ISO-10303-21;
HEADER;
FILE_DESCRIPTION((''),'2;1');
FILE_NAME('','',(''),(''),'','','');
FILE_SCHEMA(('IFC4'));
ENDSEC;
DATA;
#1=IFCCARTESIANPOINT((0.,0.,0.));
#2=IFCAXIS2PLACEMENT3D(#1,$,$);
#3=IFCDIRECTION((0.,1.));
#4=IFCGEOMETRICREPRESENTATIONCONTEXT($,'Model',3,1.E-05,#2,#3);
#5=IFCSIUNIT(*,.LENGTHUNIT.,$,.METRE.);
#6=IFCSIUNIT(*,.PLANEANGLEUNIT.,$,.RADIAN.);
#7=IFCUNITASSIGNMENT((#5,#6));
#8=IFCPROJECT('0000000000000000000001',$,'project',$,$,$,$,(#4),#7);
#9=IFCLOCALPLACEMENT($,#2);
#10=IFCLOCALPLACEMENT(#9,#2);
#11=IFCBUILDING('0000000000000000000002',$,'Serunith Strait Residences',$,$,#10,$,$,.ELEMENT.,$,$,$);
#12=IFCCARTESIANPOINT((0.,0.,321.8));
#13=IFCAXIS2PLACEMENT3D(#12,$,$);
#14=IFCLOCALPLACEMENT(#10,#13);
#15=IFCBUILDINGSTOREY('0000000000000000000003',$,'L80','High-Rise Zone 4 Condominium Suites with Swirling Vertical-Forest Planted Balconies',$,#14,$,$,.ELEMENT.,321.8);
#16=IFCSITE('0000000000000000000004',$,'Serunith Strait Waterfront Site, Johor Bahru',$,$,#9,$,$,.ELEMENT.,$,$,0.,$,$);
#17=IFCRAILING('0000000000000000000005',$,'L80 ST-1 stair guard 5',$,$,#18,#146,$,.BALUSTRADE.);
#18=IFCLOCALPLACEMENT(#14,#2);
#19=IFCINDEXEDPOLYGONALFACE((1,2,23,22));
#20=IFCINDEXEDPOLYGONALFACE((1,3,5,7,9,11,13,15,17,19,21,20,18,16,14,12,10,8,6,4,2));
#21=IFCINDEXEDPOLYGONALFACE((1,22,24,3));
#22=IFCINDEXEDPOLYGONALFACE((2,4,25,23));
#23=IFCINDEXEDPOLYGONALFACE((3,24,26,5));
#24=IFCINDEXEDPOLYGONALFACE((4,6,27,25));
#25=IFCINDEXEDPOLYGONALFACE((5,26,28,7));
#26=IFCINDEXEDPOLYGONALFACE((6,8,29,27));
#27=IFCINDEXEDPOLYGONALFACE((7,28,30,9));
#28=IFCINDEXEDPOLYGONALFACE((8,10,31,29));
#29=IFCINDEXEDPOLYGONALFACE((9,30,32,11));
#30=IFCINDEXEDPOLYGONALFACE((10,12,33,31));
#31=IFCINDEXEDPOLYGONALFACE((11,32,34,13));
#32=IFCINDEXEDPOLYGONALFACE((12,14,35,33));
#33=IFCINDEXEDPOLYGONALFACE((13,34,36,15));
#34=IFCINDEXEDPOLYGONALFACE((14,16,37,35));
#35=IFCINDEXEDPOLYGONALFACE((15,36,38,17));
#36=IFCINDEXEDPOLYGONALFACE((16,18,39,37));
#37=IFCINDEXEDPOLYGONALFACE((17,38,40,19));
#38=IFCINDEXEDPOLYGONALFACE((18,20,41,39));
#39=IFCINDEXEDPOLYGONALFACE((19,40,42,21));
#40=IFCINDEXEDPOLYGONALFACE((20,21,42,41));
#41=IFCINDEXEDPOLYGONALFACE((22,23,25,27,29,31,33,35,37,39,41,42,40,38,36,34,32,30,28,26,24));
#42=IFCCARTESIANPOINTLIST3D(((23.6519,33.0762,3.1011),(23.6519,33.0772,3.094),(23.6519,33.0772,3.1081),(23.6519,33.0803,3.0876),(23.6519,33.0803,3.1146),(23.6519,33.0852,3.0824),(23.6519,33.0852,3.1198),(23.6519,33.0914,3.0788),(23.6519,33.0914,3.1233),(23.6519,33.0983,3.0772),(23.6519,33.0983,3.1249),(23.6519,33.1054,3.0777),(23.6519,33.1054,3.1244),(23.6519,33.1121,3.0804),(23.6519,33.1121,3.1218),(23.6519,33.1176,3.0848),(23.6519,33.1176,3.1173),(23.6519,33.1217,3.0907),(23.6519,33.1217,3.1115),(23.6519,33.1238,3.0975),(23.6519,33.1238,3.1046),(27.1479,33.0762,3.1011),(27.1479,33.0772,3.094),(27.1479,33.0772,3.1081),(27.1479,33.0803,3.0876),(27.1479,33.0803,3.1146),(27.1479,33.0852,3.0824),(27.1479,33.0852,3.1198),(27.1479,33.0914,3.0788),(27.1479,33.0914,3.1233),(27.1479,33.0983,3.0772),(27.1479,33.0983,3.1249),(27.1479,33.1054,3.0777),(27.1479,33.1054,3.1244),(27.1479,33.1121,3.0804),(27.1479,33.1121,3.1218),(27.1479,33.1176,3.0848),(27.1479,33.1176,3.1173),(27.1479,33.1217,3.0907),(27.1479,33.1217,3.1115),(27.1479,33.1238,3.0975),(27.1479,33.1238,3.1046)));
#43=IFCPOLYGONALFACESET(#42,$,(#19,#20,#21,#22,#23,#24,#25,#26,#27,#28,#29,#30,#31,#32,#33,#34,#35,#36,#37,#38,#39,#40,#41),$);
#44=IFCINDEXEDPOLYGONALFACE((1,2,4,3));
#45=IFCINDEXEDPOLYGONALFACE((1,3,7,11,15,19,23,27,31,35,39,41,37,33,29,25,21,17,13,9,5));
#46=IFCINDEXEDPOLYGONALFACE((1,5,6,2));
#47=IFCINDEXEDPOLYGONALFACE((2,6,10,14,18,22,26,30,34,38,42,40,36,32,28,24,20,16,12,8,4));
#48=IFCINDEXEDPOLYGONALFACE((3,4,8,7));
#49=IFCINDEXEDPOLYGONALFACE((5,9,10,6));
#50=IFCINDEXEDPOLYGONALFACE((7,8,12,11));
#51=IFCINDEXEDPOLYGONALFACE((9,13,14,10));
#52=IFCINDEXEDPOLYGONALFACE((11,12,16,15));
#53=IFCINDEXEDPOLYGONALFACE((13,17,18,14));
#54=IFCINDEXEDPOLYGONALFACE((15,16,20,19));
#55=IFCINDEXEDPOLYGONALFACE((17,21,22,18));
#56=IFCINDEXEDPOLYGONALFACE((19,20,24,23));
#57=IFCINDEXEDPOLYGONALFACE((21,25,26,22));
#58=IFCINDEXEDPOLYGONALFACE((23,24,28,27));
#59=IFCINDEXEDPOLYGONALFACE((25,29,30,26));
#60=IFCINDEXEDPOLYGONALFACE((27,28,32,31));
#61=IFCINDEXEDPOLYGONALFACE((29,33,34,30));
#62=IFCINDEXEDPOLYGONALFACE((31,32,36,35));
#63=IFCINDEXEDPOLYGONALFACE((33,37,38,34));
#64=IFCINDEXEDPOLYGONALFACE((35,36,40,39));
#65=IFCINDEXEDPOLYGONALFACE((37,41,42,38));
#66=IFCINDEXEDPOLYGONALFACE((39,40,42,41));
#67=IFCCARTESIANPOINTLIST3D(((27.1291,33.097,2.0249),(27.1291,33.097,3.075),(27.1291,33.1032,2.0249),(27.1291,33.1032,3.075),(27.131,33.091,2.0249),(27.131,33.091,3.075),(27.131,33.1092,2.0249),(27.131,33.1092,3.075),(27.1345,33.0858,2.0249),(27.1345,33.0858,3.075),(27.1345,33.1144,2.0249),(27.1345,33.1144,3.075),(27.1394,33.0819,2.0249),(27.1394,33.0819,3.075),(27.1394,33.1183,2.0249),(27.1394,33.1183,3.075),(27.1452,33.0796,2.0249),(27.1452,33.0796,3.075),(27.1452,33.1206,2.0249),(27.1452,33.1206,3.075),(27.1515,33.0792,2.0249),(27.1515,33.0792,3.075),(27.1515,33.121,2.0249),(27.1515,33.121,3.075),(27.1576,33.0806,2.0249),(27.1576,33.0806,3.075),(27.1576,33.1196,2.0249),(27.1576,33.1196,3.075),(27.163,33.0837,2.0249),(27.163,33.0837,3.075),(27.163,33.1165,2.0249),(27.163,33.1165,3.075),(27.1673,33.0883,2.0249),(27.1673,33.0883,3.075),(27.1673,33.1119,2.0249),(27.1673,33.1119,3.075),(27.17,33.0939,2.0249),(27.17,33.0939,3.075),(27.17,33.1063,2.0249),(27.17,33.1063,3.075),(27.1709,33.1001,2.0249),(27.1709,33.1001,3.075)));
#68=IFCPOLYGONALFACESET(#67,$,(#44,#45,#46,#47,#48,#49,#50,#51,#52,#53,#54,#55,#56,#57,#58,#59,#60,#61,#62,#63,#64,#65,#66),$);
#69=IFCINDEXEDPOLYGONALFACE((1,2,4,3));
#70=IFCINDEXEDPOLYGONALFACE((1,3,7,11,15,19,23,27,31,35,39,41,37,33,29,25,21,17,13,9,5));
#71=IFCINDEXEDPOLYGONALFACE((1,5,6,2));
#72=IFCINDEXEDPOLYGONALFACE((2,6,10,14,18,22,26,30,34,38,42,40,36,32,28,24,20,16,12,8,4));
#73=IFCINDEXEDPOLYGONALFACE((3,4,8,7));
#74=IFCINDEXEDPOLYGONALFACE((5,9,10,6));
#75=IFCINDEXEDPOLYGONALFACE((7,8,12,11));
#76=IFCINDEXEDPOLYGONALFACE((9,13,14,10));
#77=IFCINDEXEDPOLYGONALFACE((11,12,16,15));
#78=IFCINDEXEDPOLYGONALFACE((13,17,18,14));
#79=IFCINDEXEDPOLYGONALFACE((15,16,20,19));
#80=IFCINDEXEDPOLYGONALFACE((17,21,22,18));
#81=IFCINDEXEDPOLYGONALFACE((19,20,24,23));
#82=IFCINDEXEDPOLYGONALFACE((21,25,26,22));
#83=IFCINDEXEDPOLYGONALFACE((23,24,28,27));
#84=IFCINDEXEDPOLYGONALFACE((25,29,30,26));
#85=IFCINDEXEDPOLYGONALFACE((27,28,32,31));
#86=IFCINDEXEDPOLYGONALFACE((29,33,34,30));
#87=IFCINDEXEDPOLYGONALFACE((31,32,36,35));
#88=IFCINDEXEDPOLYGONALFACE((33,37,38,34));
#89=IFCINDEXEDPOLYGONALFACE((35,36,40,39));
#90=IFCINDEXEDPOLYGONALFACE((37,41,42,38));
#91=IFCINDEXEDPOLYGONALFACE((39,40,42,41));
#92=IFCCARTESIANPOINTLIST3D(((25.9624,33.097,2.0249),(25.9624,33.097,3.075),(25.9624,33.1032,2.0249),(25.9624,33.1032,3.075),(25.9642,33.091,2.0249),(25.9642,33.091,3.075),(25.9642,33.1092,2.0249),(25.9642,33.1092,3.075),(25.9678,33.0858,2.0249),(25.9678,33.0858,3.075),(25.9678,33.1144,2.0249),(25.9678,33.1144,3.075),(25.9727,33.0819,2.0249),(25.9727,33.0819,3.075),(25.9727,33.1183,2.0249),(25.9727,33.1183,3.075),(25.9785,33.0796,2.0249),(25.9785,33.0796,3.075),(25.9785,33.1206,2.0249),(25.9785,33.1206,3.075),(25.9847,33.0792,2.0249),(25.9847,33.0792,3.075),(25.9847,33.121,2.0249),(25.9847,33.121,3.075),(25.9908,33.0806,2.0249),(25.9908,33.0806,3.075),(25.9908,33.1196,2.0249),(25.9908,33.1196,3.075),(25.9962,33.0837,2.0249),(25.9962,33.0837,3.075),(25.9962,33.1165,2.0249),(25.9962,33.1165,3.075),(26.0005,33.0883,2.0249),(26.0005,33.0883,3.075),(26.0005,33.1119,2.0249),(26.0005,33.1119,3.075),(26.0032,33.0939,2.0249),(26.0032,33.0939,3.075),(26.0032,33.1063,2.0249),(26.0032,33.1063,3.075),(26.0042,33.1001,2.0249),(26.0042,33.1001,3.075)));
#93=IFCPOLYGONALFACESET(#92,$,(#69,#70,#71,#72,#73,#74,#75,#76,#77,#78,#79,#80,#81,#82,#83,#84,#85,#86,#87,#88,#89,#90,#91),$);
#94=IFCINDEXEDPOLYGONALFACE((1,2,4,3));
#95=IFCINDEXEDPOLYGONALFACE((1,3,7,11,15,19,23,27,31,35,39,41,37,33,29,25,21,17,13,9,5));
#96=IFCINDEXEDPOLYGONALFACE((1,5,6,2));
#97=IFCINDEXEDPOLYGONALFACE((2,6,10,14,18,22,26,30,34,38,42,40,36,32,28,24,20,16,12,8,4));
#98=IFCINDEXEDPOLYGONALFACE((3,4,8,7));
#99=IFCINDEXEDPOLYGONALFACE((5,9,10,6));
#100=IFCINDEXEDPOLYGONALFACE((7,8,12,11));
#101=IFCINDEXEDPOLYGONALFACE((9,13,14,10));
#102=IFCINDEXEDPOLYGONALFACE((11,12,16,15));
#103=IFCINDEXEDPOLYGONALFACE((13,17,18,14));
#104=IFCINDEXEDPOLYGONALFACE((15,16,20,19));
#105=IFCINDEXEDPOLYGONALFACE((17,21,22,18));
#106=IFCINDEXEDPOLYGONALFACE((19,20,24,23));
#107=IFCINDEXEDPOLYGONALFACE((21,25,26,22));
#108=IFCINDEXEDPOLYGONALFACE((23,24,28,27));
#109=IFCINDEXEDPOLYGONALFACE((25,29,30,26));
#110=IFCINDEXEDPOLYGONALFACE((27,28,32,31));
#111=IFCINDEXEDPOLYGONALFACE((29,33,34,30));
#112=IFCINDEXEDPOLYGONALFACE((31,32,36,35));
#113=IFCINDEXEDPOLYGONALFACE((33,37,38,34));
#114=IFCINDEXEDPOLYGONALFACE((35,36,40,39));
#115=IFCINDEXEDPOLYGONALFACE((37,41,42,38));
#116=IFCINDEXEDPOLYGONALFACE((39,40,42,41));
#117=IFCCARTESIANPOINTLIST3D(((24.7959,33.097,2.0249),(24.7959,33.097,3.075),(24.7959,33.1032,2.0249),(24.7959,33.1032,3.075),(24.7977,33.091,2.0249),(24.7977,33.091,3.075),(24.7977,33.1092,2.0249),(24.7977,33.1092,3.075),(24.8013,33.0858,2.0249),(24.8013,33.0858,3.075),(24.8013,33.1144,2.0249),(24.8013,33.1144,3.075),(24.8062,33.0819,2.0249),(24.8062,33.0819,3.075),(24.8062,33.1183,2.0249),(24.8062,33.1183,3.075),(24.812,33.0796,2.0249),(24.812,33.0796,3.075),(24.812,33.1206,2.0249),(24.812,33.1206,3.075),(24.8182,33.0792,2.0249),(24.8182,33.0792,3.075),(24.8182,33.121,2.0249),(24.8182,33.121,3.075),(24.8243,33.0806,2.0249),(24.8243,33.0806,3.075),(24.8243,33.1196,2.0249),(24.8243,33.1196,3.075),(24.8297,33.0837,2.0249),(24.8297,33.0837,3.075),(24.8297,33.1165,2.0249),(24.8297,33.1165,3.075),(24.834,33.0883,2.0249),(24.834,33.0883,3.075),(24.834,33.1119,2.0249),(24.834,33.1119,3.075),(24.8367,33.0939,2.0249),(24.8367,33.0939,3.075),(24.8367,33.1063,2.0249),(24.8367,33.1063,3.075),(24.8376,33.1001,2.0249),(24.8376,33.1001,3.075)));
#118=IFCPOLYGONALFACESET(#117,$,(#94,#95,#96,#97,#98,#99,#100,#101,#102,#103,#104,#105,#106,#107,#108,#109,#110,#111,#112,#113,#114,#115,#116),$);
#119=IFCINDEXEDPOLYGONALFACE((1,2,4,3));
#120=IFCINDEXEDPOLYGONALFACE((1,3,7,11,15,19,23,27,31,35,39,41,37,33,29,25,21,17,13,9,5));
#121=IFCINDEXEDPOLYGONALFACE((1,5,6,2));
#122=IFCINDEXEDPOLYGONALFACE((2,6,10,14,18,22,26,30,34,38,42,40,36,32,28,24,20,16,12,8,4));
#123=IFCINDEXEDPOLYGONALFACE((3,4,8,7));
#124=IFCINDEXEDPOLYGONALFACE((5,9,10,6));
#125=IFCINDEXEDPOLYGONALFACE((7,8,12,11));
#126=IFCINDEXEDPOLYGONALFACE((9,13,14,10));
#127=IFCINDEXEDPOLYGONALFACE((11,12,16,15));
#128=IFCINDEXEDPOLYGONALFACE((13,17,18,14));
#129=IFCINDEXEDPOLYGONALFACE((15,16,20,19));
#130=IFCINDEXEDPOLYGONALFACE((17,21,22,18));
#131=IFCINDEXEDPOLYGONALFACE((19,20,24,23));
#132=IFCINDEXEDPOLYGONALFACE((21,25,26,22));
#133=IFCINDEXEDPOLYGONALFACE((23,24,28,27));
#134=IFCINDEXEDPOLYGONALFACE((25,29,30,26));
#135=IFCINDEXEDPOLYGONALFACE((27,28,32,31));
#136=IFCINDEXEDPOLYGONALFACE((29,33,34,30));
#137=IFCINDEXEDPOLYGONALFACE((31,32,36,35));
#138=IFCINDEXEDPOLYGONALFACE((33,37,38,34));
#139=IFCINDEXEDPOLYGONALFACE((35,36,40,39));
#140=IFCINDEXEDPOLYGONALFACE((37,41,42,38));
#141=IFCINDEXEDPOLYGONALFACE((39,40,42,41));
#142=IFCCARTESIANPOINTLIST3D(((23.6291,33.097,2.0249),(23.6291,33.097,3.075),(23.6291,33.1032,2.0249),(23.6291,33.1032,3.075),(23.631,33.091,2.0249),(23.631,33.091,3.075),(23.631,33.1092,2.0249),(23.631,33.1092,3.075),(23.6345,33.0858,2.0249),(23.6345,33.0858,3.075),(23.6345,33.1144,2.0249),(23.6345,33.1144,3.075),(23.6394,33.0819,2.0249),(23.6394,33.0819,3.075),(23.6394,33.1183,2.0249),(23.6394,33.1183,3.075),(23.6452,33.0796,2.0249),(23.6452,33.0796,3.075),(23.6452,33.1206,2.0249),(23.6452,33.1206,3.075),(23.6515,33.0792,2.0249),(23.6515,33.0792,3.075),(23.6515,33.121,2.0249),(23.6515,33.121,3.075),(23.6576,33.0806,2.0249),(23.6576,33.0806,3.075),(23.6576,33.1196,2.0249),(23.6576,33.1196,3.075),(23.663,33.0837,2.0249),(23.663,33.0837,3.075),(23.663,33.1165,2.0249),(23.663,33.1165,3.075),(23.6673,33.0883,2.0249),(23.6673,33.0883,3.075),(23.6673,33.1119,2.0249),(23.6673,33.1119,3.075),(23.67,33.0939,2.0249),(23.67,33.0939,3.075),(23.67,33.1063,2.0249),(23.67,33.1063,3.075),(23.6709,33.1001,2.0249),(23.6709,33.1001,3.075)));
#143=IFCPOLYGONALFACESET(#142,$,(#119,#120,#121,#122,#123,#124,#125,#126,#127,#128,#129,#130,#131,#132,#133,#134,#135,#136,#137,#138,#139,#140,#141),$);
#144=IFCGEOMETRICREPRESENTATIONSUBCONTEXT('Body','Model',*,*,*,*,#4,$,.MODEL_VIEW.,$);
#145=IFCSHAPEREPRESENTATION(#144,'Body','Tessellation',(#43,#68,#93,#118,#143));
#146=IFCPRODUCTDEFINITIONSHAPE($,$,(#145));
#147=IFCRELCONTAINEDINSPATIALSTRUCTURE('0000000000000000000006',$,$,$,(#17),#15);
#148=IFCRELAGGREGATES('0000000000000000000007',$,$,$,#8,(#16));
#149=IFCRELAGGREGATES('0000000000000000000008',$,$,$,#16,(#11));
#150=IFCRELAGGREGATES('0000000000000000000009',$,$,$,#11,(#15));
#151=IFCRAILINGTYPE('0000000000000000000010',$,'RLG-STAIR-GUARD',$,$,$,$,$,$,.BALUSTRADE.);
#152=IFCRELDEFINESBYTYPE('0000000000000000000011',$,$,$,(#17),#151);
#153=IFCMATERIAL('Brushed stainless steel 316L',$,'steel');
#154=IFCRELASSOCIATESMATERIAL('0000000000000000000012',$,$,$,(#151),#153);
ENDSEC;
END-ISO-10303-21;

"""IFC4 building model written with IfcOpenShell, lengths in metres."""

from ifc_helpers import new_model, si_unit, direction, frame, origin, origin_2d, place, context, subcontext, project, spatial, circle, extrude, material, type_object, element, save


model = new_model("IFC4")

# Units and contexts
model_context = context("Model", 3, precision=1e-05, world=origin(), true_north=direction((0.0, 1.0)))
body_context = subcontext(model_context, "Body", "Model", "MODEL_VIEW")
ifc_project = project(units=[si_unit("LENGTHUNIT", "METRE"), si_unit("PLANEANGLEUNIT", "RADIAN")], contexts=[model_context])

# Site, building, storey
site_placement = place(None, origin())
site = spatial("IfcSite", under=ifc_project, at=site_placement, Name="Serunith Strait Waterfront Site, Johor Bahru", CompositionType="ELEMENT", RefElevation=0.0)
building_placement = place(site_placement, origin())
building = spatial("IfcBuilding", under=site, at=building_placement, Name="Serunith Strait Residences", CompositionType="ELEMENT")
storey_placement = place(building_placement, frame((0.0, 0.0, 321.8)))
storey = spatial("IfcBuildingStorey", under=building, at=storey_placement, Name="L80", Description="High-Rise Zone 4 Condominium Suites with Swirling Vertical-Forest Planted Balconies", CompositionType="ELEMENT", Elevation=321.8)

# Railing
ifc_material_1 = material(Name="Brushed stainless steel 316L", Category="steel")
railing_type_1 = type_object("IfcRailingType", Name="RLG-STAIR-GUARD", PredefinedType="BALUSTRADE", material=ifc_material_1)
railing_1_placement = place(storey_placement, frame((27.1499, 33.1001, 2.0249)))
element("IfcRailing", 1, at=railing_1_placement, inside=storey, type_object=railing_type_1, Name="L80 ST-1 stair guard 5", PredefinedType="BALUSTRADE", context=body_context, shape_type="SweptSolid", body=[
    extrude(circle(Radius=0.0239, at=origin_2d()), frame((-0.002, 0.0, 1.0762), z_axis=(-1.0, 0.0, 0.0), x_axis=(0.0, -1.0, 0.0)), (0.0, 0.0, 1.0), 3.4961),
    extrude(circle(Radius=0.021, at=origin_2d()), origin(), (0.0, 0.0, 1.0), 1.05),
    extrude(circle(Radius=0.021, at=origin_2d()), frame((-1.1667, 0.0, 0.0)), (0.0, 0.0, 1.0), 1.05),
    extrude(circle(Radius=0.021, at=origin_2d()), frame((-2.3333, 0.0, 0.0)), (0.0, 0.0, 1.0), 1.05),
    extrude(circle(Radius=0.021, at=origin_2d()), frame((-3.5, 0.0, 0.0)), (0.0, 0.0, 1.0), 1.05),
])

save(model, "model.ifc")
